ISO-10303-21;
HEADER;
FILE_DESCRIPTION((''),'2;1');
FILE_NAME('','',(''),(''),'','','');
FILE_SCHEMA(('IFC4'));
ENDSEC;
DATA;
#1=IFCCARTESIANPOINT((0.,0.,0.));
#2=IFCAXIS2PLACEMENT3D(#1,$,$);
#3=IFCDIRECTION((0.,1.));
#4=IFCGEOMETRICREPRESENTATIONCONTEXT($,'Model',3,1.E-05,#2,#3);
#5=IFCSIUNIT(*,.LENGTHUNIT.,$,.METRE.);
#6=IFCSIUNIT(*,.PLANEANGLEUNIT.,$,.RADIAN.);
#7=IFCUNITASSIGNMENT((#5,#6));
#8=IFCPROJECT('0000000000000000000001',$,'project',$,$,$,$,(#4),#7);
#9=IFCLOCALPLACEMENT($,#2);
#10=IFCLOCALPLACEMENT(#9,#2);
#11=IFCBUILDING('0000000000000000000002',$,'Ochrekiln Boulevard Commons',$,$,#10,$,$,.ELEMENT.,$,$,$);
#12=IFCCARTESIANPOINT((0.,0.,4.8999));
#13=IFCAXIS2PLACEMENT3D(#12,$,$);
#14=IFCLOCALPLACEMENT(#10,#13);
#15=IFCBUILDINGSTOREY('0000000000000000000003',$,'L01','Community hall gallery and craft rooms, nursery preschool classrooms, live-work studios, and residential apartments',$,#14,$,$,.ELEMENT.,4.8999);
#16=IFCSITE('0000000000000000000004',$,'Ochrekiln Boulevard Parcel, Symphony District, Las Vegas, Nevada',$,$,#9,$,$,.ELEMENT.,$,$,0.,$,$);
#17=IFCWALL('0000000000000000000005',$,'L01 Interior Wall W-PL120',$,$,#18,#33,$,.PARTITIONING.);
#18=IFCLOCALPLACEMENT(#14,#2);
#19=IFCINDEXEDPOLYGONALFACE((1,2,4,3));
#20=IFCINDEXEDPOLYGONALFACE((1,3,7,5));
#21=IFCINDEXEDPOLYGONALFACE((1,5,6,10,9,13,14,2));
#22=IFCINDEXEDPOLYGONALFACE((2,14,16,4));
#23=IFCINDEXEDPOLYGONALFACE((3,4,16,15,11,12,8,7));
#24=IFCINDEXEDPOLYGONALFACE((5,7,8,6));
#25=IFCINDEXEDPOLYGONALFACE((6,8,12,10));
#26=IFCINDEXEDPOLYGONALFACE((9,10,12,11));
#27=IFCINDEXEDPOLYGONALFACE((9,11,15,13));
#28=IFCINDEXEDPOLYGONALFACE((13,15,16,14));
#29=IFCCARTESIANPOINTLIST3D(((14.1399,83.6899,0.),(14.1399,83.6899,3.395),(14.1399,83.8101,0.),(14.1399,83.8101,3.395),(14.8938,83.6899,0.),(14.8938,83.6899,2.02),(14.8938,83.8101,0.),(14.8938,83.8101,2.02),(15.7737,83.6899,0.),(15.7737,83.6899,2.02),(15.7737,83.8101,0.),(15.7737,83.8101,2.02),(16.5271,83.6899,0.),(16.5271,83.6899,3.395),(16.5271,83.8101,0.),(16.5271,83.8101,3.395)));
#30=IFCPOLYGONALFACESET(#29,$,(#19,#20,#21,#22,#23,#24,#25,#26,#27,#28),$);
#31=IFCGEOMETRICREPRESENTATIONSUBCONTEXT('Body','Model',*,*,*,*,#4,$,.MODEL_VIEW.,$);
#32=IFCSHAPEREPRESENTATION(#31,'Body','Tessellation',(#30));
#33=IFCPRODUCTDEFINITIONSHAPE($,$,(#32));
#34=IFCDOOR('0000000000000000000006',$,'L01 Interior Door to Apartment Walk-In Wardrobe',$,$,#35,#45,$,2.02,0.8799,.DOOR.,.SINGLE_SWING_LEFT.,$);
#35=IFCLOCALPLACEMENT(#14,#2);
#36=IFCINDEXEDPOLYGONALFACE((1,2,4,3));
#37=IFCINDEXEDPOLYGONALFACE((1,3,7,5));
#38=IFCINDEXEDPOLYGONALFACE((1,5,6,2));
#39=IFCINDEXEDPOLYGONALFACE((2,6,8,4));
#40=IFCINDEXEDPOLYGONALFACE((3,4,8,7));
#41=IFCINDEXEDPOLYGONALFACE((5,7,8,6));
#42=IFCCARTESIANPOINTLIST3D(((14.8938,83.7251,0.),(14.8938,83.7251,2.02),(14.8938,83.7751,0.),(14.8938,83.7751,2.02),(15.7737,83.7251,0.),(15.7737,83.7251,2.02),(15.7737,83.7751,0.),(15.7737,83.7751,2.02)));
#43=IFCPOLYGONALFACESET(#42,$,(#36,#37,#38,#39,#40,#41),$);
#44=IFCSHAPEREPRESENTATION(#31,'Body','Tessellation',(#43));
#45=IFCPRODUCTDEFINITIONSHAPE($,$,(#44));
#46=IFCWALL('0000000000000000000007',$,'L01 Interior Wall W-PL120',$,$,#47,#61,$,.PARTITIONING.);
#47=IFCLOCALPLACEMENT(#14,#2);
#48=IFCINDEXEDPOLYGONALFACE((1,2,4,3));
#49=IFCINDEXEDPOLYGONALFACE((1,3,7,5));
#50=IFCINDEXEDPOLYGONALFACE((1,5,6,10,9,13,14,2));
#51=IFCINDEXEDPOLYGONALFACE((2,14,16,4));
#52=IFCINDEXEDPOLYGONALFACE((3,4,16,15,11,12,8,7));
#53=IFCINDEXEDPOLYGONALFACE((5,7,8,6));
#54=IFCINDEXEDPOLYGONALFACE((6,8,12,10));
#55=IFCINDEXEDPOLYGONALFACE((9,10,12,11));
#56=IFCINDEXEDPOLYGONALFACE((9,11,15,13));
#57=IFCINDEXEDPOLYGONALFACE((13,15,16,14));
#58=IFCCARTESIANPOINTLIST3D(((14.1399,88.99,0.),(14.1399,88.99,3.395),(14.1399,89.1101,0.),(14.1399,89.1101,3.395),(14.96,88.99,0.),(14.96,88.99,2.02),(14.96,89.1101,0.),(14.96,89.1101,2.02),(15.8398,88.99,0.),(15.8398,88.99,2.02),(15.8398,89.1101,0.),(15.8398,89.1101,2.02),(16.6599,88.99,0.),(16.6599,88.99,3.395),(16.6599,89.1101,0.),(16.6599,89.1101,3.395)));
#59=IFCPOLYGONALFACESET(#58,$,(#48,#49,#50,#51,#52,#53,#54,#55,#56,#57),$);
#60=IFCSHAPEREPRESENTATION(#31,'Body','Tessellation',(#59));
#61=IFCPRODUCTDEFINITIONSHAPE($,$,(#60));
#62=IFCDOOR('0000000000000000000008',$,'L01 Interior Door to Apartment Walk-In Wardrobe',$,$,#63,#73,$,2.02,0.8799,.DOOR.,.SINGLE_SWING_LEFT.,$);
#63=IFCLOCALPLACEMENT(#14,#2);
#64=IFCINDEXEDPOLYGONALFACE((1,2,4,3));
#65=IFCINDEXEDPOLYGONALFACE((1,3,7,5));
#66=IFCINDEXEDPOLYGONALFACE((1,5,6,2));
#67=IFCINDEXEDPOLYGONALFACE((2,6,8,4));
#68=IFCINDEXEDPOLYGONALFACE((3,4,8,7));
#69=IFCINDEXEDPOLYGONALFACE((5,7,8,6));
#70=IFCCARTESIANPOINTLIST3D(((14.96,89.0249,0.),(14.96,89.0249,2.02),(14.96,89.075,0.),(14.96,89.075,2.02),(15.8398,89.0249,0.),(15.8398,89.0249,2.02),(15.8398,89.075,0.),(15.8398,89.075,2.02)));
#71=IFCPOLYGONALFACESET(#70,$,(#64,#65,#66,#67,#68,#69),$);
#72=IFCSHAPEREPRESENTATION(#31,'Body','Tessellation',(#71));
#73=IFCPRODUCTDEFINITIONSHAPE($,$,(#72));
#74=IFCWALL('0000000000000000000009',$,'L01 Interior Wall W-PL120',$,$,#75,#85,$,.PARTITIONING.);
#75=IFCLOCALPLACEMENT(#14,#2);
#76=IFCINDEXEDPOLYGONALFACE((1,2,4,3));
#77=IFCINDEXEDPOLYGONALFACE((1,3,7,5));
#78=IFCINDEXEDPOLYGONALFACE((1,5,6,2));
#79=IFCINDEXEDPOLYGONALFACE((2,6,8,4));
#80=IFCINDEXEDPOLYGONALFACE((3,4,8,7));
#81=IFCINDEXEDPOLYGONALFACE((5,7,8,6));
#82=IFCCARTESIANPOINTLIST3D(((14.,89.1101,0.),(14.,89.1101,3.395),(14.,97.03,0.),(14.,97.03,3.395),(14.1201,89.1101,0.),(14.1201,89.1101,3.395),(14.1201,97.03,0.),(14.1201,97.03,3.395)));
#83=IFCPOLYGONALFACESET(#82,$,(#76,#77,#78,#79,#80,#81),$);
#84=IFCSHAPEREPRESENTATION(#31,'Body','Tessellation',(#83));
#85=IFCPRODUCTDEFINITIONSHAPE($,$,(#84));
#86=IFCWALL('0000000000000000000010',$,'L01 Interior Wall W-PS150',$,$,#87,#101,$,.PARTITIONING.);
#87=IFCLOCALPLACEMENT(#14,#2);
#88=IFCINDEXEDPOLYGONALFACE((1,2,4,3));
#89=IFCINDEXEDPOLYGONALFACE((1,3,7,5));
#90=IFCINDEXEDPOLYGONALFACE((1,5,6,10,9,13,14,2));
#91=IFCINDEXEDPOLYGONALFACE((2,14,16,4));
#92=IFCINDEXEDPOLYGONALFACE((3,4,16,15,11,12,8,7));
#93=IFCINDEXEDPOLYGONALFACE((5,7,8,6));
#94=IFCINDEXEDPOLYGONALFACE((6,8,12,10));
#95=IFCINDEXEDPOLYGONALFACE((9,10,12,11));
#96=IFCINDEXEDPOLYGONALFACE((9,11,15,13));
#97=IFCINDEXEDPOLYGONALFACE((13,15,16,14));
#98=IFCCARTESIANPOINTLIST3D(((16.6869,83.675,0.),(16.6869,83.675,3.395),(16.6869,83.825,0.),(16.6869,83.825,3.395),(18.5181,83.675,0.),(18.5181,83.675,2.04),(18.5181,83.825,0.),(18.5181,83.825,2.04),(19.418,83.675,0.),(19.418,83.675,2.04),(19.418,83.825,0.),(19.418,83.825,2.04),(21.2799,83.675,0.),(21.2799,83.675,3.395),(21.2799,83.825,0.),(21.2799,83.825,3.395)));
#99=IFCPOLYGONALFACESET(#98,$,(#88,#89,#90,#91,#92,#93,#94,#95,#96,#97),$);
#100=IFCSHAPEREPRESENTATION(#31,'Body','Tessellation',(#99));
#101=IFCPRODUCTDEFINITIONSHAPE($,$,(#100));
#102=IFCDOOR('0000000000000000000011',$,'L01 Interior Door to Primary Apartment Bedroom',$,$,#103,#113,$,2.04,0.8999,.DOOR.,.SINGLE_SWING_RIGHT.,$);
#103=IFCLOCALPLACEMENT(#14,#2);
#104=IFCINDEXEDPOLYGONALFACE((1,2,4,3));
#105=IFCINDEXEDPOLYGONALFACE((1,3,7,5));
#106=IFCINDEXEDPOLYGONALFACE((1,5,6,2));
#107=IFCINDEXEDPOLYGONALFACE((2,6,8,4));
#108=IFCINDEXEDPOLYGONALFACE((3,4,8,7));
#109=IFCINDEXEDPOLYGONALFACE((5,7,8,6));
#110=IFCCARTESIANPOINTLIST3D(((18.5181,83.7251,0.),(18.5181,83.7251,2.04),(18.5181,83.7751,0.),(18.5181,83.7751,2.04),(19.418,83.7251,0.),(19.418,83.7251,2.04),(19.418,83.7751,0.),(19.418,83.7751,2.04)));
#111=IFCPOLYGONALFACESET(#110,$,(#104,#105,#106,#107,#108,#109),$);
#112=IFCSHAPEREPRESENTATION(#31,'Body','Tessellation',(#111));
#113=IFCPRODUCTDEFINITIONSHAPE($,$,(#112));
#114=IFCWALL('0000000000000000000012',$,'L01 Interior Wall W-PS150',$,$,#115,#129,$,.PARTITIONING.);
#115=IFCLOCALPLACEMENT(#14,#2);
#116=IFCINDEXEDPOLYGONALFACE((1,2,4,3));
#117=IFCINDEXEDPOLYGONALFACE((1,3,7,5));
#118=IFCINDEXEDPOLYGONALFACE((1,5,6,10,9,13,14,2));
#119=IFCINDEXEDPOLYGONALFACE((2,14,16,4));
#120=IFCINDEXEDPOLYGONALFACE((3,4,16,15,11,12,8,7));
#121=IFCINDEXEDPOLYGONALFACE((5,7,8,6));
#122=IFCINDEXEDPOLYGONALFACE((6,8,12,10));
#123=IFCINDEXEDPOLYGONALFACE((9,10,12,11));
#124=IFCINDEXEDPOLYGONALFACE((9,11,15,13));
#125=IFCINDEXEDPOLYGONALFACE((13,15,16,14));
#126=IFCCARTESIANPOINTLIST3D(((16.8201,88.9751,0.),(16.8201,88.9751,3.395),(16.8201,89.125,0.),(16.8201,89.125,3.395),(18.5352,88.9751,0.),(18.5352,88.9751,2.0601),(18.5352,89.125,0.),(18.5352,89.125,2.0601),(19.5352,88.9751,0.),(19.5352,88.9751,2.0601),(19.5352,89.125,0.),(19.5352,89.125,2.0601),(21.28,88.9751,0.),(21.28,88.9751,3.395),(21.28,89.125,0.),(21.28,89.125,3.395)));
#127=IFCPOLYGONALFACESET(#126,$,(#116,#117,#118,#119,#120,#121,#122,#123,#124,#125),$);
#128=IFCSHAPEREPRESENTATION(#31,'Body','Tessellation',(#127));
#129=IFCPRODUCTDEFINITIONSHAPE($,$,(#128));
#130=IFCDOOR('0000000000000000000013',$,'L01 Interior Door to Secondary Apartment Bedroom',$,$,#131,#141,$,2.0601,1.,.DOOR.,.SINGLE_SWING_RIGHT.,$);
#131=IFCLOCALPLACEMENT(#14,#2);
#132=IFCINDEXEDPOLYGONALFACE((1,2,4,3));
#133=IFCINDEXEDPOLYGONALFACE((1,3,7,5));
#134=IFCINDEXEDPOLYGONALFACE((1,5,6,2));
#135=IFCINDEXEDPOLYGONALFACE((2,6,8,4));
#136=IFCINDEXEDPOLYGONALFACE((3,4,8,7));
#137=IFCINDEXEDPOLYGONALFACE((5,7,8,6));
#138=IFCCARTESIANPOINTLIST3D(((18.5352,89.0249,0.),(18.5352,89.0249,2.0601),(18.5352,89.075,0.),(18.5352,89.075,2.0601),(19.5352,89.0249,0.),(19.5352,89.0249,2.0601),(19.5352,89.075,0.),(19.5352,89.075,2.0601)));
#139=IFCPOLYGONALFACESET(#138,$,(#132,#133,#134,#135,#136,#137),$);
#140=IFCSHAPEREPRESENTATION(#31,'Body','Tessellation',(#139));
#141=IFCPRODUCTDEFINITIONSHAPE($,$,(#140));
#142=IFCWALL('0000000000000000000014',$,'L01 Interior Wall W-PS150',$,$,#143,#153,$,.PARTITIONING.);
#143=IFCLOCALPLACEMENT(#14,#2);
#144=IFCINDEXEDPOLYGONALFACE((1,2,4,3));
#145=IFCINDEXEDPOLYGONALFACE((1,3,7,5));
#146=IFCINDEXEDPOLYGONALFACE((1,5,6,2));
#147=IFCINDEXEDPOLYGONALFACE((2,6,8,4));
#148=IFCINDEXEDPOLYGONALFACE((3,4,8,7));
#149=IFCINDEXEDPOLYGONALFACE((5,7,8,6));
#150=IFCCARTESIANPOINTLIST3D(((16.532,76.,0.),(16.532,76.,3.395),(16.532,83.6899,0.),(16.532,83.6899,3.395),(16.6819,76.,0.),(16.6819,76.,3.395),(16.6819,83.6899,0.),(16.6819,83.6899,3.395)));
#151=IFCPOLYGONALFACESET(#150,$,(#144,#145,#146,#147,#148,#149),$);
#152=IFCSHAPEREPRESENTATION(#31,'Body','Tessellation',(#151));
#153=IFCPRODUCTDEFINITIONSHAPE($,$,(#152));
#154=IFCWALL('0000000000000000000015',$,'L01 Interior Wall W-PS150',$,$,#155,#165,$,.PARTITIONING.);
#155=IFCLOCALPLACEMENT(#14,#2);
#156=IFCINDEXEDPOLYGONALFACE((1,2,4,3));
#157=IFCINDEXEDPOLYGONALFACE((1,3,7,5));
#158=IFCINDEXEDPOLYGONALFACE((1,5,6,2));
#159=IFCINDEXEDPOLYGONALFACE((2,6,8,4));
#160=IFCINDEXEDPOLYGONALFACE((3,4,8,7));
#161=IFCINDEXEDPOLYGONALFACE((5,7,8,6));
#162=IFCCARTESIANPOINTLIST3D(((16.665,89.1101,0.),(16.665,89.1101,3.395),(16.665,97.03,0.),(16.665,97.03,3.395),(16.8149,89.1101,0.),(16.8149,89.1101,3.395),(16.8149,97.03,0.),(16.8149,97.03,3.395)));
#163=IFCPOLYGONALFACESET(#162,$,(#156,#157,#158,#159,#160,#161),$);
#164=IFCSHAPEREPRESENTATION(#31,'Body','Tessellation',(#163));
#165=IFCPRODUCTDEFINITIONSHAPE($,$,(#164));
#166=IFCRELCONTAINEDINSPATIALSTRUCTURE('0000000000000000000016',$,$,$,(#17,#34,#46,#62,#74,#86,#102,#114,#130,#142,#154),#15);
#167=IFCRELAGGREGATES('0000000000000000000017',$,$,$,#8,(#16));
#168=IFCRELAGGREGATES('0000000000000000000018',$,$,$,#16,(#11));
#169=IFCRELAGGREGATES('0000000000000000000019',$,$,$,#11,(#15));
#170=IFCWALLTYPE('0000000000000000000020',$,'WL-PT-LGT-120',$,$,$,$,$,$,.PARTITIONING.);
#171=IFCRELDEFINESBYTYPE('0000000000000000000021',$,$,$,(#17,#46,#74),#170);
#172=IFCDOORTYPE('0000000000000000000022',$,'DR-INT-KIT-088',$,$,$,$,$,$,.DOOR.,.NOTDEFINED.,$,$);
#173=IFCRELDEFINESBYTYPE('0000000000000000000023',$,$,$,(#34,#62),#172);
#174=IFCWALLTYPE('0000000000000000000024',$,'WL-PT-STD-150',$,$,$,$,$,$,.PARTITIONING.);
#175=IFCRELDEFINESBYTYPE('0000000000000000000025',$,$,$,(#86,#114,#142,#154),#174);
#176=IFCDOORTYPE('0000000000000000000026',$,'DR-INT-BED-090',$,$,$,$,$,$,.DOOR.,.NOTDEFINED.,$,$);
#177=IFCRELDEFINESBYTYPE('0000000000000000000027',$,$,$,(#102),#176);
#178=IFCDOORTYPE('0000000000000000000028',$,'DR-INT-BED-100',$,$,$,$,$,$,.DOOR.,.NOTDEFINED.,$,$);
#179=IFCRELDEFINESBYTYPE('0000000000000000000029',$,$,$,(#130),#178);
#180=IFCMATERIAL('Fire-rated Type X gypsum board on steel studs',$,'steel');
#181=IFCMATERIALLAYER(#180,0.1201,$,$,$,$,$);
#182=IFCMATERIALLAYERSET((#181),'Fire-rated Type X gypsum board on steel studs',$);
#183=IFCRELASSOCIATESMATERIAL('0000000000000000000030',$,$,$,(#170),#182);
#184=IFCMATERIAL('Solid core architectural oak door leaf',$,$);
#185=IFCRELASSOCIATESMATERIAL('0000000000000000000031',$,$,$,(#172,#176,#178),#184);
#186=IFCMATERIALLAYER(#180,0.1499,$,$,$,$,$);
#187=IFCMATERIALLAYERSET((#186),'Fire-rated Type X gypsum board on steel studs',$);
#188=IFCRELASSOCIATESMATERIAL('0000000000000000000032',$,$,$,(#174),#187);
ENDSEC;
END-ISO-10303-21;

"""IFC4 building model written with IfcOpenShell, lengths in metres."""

from ifc_helpers import new_model, si_unit, direction, frame, frame_2d, origin, place, context, subcontext, project, spatial, rectangle, extrude, material, layer, layer_set, type_object, element, fill, save


model = new_model("IFC4")

# Units and contexts
model_context = context("Model", 3, precision=1e-05, world=origin(), true_north=direction((0.0, 1.0)))
body_context = subcontext(model_context, "Body", "Model", "MODEL_VIEW")
ifc_project = project(units=[si_unit("LENGTHUNIT", "METRE"), si_unit("PLANEANGLEUNIT", "RADIAN")], contexts=[model_context])

# Site, building, storey
site_placement = place(None, origin())
site = spatial("IfcSite", under=ifc_project, at=site_placement, Name="Ochrekiln Boulevard Parcel, Symphony District, Las Vegas, Nevada", CompositionType="ELEMENT", RefElevation=0.0)
building_placement = place(site_placement, origin())
building = spatial("IfcBuilding", under=site, at=building_placement, Name="Ochrekiln Boulevard Commons", CompositionType="ELEMENT")
storey_placement = place(building_placement, frame((0.0, 0.0, 4.8999)))
storey = spatial("IfcBuildingStorey", under=building, at=storey_placement, Name="L01", Description="Community hall gallery and craft rooms, nursery preschool classrooms, live-work studios, and residential apartments", CompositionType="ELEMENT", Elevation=4.8999)

# Shared definitions
ifc_material_1 = material(Name="Solid core architectural oak door leaf")

# Shared definitions
ifc_material_2 = material(Name="Fire-rated Type X gypsum board on steel studs", Category="steel")

# Walls, openings, doors
ifc_layer_1 = layer(ifc_material_2, 0.1201)
ifc_layer_set_1 = layer_set([ifc_layer_1], Name="Fire-rated Type X gypsum board on steel studs")
wall_type_1 = type_object("IfcWallType", Name="WL-PT-LGT-120", PredefinedType="PARTITIONING", material=ifc_layer_set_1)
wall_1_placement = place(storey_placement, frame((14.1399, 83.75, 0.0), z_axis=(0.0, 0.0, 1.0), x_axis=(1.0, 0.0, 0.0)))
wall_1 = element("IfcWall", 1, at=wall_1_placement, inside=storey, type_object=wall_type_1, Name="L01 Interior Wall W-PL120", PredefinedType="PARTITIONING", context=body_context, shape_type="SweptSolid", body=[
    extrude(rectangle(XDim=2.3872, YDim=0.1201, at=frame_2d((1.1936, 0.0))), origin(), (0.0, 0.0, 1.0), 3.395),
])
opening_1_placement = place(wall_1_placement, frame((0.7539, 0.0, 0.0)))
opening_1 = element("IfcOpeningElement", 2, at=opening_1_placement, cuts=wall_1, PredefinedType="OPENING", context=body_context, shape_type="SweptSolid", body=[
    extrude(rectangle(XDim=0.8799, YDim=2.02, at=frame_2d((0.4399, 1.01))), frame((0.0, 0.0701, 0.0), z_axis=(0.0, -1.0, 0.0), x_axis=(1.0, 0.0, 0.0)), (0.0, 0.0, 1.0), 0.1401),
])
door_type_1 = type_object("IfcDoorType", Name="DR-INT-KIT-088", OperationType="NOTDEFINED", PredefinedType="DOOR", material=ifc_material_1)
door_1_placement = place(opening_1_placement, frame((0.8799, 0.0, 0.0), z_axis=(0.0, 0.0, 1.0), x_axis=(-1.0, 0.0, 0.0)))
door_1 = element("IfcDoor", 3, at=door_1_placement, inside=storey, type_object=door_type_1, Name="L01 Interior Door to Apartment Walk-In Wardrobe", OperationType="SINGLE_SWING_LEFT", OverallHeight=2.02, OverallWidth=0.8799, PredefinedType="DOOR", context=body_context, shape_type="SweptSolid", body=[
    extrude(rectangle(XDim=0.8799, YDim=2.02, at=frame_2d((0.4399, 1.01))), frame((0.0, 0.0249, 0.0), z_axis=(0.0, -1.0, 0.0), x_axis=(1.0, 0.0, 0.0)), (0.0, 0.0, 1.0), 0.05),
])
fill(opening_1, door_1)
wall_2_placement = place(storey_placement, frame((14.1399, 89.05, 0.0), z_axis=(0.0, 0.0, 1.0), x_axis=(1.0, 0.0, 0.0)))
wall_2 = element("IfcWall", 4, at=wall_2_placement, inside=storey, type_object=wall_type_1, Name="L01 Interior Wall W-PL120", PredefinedType="PARTITIONING", context=body_context, shape_type="SweptSolid", body=[
    extrude(rectangle(XDim=2.52, YDim=0.1201, at=frame_2d((1.26, 0.0))), origin(), (0.0, 0.0, 1.0), 3.395),
])
opening_2_placement = place(wall_2_placement, frame((0.8201, 0.0, 0.0)))
opening_2 = element("IfcOpeningElement", 5, at=opening_2_placement, cuts=wall_2, PredefinedType="OPENING", context=body_context, shape_type="SweptSolid", body=[
    extrude(rectangle(XDim=0.8799, YDim=2.02, at=frame_2d((0.4399, 1.01))), frame((0.0, 0.0701, 0.0), z_axis=(0.0, -1.0, 0.0), x_axis=(1.0, 0.0, 0.0)), (0.0, 0.0, 1.0), 0.1401),
])
door_2_placement = place(opening_2_placement, origin())
door_2 = element("IfcDoor", 6, at=door_2_placement, inside=storey, type_object=door_type_1, Name="L01 Interior Door to Apartment Walk-In Wardrobe", OperationType="SINGLE_SWING_LEFT", OverallHeight=2.02, OverallWidth=0.8799, PredefinedType="DOOR", context=body_context, shape_type="SweptSolid", body=[
    extrude(rectangle(XDim=0.8799, YDim=2.02, at=frame_2d((0.4399, 1.01))), frame((0.0, 0.0249, 0.0), z_axis=(0.0, -1.0, 0.0), x_axis=(1.0, 0.0, 0.0)), (0.0, 0.0, 1.0), 0.05),
])
fill(opening_2, door_2)

# Wall
wall_3_placement = place(storey_placement, frame((14.0601, 89.1101, 0.0), z_axis=(0.0, 0.0, 1.0), x_axis=(0.0, 1.0, 0.0)))
element("IfcWall", 7, at=wall_3_placement, inside=storey, type_object=wall_type_1, Name="L01 Interior Wall W-PL120", PredefinedType="PARTITIONING", context=body_context, shape_type="SweptSolid", body=[
    extrude(rectangle(XDim=7.9199, YDim=0.1201, at=frame_2d((3.96, 0.0))), origin(), (0.0, 0.0, 1.0), 3.395),
])

# Walls, openings, doors
ifc_layer_2 = layer(ifc_material_2, 0.1499)
ifc_layer_set_2 = layer_set([ifc_layer_2], Name="Fire-rated Type X gypsum board on steel studs")
wall_type_2 = type_object("IfcWallType", Name="WL-PT-STD-150", PredefinedType="PARTITIONING", material=ifc_layer_set_2)
wall_4_placement = place(storey_placement, frame((16.687, 83.75, 0.0), z_axis=(0.0, 0.0, 1.0), x_axis=(1.0, 0.0, 0.0)))
wall_4 = element("IfcWall", 8, at=wall_4_placement, inside=storey, type_object=wall_type_2, Name="L01 Interior Wall W-PS150", PredefinedType="PARTITIONING", context=body_context, shape_type="SweptSolid", body=[
    extrude(rectangle(XDim=4.593, YDim=0.1499, at=frame_2d((2.2964, 0.0))), origin(), (0.0, 0.0, 1.0), 3.395),
])
opening_3_placement = place(wall_4_placement, frame((1.8311, 0.0, 0.0)))
opening_3 = element("IfcOpeningElement", 9, at=opening_3_placement, cuts=wall_4, PredefinedType="OPENING", context=body_context, shape_type="SweptSolid", body=[
    extrude(rectangle(XDim=0.8999, YDim=2.04, at=frame_2d((0.45, 1.02))), frame((0.0, 0.085, 0.0), z_axis=(0.0, -1.0, 0.0), x_axis=(1.0, 0.0, 0.0)), (0.0, 0.0, 1.0), 0.1699),
])
door_type_2 = type_object("IfcDoorType", Name="DR-INT-BED-090", OperationType="NOTDEFINED", PredefinedType="DOOR", material=ifc_material_1)
door_3_placement = place(opening_3_placement, frame((0.8999, 0.0, 0.0), z_axis=(0.0, 0.0, 1.0), x_axis=(-1.0, 0.0, 0.0)))
door_3 = element("IfcDoor", 10, at=door_3_placement, inside=storey, type_object=door_type_2, Name="L01 Interior Door to Primary Apartment Bedroom", OperationType="SINGLE_SWING_RIGHT", OverallHeight=2.04, OverallWidth=0.8999, PredefinedType="DOOR", context=body_context, shape_type="SweptSolid", body=[
    extrude(rectangle(XDim=0.8999, YDim=2.04, at=frame_2d((0.45, 1.02))), frame((0.0, 0.0249, 0.0), z_axis=(0.0, -1.0, 0.0), x_axis=(1.0, 0.0, 0.0)), (0.0, 0.0, 1.0), 0.05),
])
fill(opening_3, door_3)
wall_5_placement = place(storey_placement, frame((16.8201, 89.05, 0.0), z_axis=(0.0, 0.0, 1.0), x_axis=(1.0, 0.0, 0.0)))
wall_5 = element("IfcWall", 11, at=wall_5_placement, inside=storey, type_object=wall_type_2, Name="L01 Interior Wall W-PS150", PredefinedType="PARTITIONING", context=body_context, shape_type="SweptSolid", body=[
    extrude(rectangle(XDim=4.46, YDim=0.1499, at=frame_2d((2.23, 0.0))), origin(), (0.0, 0.0, 1.0), 3.395),
])
opening_4_placement = place(wall_5_placement, frame((1.7151, 0.0, 0.0)))
opening_4 = element("IfcOpeningElement", 12, at=opening_4_placement, cuts=wall_5, PredefinedType="OPENING", context=body_context, shape_type="SweptSolid", body=[
    extrude(rectangle(XDim=1.0, YDim=2.0601, at=frame_2d((0.5, 1.03))), frame((0.0, 0.085, 0.0), z_axis=(0.0, -1.0, 0.0), x_axis=(1.0, 0.0, 0.0)), (0.0, 0.0, 1.0), 0.1699),
])
door_type_3 = type_object("IfcDoorType", Name="DR-INT-BED-100", OperationType="NOTDEFINED", PredefinedType="DOOR", material=ifc_material_1)
door_4_placement = place(opening_4_placement, origin())
door_4 = element("IfcDoor", 13, at=door_4_placement, inside=storey, type_object=door_type_3, Name="L01 Interior Door to Secondary Apartment Bedroom", OperationType="SINGLE_SWING_RIGHT", OverallHeight=2.0601, OverallWidth=1.0, PredefinedType="DOOR", context=body_context, shape_type="SweptSolid", body=[
    extrude(rectangle(XDim=1.0, YDim=2.0601, at=frame_2d((0.5, 1.03))), frame((0.0, 0.0249, 0.0), z_axis=(0.0, -1.0, 0.0), x_axis=(1.0, 0.0, 0.0)), (0.0, 0.0, 1.0), 0.05),
])
fill(opening_4, door_4)

# Walls
wall_6_placement = place(storey_placement, frame((16.6069, 76.0, 0.0), z_axis=(0.0, 0.0, 1.0), x_axis=(0.0, 1.0, 0.0)))
element("IfcWall", 14, at=wall_6_placement, inside=storey, type_object=wall_type_2, Name="L01 Interior Wall W-PS150", PredefinedType="PARTITIONING", context=body_context, shape_type="SweptSolid", body=[
    extrude(rectangle(XDim=7.6899, YDim=0.1499, at=frame_2d((3.845, 0.0))), origin(), (0.0, 0.0, 1.0), 3.395),
])
wall_7_placement = place(storey_placement, frame((16.74, 89.1101, 0.0), z_axis=(0.0, 0.0, 1.0), x_axis=(0.0, 1.0, 0.0)))
element("IfcWall", 15, at=wall_7_placement, inside=storey, type_object=wall_type_2, Name="L01 Interior Wall W-PS150", PredefinedType="PARTITIONING", context=body_context, shape_type="SweptSolid", body=[
    extrude(rectangle(XDim=7.9199, YDim=0.1499, at=frame_2d((3.96, 0.0))), origin(), (0.0, 0.0, 1.0), 3.395),
])

save(model, "model.ifc")
